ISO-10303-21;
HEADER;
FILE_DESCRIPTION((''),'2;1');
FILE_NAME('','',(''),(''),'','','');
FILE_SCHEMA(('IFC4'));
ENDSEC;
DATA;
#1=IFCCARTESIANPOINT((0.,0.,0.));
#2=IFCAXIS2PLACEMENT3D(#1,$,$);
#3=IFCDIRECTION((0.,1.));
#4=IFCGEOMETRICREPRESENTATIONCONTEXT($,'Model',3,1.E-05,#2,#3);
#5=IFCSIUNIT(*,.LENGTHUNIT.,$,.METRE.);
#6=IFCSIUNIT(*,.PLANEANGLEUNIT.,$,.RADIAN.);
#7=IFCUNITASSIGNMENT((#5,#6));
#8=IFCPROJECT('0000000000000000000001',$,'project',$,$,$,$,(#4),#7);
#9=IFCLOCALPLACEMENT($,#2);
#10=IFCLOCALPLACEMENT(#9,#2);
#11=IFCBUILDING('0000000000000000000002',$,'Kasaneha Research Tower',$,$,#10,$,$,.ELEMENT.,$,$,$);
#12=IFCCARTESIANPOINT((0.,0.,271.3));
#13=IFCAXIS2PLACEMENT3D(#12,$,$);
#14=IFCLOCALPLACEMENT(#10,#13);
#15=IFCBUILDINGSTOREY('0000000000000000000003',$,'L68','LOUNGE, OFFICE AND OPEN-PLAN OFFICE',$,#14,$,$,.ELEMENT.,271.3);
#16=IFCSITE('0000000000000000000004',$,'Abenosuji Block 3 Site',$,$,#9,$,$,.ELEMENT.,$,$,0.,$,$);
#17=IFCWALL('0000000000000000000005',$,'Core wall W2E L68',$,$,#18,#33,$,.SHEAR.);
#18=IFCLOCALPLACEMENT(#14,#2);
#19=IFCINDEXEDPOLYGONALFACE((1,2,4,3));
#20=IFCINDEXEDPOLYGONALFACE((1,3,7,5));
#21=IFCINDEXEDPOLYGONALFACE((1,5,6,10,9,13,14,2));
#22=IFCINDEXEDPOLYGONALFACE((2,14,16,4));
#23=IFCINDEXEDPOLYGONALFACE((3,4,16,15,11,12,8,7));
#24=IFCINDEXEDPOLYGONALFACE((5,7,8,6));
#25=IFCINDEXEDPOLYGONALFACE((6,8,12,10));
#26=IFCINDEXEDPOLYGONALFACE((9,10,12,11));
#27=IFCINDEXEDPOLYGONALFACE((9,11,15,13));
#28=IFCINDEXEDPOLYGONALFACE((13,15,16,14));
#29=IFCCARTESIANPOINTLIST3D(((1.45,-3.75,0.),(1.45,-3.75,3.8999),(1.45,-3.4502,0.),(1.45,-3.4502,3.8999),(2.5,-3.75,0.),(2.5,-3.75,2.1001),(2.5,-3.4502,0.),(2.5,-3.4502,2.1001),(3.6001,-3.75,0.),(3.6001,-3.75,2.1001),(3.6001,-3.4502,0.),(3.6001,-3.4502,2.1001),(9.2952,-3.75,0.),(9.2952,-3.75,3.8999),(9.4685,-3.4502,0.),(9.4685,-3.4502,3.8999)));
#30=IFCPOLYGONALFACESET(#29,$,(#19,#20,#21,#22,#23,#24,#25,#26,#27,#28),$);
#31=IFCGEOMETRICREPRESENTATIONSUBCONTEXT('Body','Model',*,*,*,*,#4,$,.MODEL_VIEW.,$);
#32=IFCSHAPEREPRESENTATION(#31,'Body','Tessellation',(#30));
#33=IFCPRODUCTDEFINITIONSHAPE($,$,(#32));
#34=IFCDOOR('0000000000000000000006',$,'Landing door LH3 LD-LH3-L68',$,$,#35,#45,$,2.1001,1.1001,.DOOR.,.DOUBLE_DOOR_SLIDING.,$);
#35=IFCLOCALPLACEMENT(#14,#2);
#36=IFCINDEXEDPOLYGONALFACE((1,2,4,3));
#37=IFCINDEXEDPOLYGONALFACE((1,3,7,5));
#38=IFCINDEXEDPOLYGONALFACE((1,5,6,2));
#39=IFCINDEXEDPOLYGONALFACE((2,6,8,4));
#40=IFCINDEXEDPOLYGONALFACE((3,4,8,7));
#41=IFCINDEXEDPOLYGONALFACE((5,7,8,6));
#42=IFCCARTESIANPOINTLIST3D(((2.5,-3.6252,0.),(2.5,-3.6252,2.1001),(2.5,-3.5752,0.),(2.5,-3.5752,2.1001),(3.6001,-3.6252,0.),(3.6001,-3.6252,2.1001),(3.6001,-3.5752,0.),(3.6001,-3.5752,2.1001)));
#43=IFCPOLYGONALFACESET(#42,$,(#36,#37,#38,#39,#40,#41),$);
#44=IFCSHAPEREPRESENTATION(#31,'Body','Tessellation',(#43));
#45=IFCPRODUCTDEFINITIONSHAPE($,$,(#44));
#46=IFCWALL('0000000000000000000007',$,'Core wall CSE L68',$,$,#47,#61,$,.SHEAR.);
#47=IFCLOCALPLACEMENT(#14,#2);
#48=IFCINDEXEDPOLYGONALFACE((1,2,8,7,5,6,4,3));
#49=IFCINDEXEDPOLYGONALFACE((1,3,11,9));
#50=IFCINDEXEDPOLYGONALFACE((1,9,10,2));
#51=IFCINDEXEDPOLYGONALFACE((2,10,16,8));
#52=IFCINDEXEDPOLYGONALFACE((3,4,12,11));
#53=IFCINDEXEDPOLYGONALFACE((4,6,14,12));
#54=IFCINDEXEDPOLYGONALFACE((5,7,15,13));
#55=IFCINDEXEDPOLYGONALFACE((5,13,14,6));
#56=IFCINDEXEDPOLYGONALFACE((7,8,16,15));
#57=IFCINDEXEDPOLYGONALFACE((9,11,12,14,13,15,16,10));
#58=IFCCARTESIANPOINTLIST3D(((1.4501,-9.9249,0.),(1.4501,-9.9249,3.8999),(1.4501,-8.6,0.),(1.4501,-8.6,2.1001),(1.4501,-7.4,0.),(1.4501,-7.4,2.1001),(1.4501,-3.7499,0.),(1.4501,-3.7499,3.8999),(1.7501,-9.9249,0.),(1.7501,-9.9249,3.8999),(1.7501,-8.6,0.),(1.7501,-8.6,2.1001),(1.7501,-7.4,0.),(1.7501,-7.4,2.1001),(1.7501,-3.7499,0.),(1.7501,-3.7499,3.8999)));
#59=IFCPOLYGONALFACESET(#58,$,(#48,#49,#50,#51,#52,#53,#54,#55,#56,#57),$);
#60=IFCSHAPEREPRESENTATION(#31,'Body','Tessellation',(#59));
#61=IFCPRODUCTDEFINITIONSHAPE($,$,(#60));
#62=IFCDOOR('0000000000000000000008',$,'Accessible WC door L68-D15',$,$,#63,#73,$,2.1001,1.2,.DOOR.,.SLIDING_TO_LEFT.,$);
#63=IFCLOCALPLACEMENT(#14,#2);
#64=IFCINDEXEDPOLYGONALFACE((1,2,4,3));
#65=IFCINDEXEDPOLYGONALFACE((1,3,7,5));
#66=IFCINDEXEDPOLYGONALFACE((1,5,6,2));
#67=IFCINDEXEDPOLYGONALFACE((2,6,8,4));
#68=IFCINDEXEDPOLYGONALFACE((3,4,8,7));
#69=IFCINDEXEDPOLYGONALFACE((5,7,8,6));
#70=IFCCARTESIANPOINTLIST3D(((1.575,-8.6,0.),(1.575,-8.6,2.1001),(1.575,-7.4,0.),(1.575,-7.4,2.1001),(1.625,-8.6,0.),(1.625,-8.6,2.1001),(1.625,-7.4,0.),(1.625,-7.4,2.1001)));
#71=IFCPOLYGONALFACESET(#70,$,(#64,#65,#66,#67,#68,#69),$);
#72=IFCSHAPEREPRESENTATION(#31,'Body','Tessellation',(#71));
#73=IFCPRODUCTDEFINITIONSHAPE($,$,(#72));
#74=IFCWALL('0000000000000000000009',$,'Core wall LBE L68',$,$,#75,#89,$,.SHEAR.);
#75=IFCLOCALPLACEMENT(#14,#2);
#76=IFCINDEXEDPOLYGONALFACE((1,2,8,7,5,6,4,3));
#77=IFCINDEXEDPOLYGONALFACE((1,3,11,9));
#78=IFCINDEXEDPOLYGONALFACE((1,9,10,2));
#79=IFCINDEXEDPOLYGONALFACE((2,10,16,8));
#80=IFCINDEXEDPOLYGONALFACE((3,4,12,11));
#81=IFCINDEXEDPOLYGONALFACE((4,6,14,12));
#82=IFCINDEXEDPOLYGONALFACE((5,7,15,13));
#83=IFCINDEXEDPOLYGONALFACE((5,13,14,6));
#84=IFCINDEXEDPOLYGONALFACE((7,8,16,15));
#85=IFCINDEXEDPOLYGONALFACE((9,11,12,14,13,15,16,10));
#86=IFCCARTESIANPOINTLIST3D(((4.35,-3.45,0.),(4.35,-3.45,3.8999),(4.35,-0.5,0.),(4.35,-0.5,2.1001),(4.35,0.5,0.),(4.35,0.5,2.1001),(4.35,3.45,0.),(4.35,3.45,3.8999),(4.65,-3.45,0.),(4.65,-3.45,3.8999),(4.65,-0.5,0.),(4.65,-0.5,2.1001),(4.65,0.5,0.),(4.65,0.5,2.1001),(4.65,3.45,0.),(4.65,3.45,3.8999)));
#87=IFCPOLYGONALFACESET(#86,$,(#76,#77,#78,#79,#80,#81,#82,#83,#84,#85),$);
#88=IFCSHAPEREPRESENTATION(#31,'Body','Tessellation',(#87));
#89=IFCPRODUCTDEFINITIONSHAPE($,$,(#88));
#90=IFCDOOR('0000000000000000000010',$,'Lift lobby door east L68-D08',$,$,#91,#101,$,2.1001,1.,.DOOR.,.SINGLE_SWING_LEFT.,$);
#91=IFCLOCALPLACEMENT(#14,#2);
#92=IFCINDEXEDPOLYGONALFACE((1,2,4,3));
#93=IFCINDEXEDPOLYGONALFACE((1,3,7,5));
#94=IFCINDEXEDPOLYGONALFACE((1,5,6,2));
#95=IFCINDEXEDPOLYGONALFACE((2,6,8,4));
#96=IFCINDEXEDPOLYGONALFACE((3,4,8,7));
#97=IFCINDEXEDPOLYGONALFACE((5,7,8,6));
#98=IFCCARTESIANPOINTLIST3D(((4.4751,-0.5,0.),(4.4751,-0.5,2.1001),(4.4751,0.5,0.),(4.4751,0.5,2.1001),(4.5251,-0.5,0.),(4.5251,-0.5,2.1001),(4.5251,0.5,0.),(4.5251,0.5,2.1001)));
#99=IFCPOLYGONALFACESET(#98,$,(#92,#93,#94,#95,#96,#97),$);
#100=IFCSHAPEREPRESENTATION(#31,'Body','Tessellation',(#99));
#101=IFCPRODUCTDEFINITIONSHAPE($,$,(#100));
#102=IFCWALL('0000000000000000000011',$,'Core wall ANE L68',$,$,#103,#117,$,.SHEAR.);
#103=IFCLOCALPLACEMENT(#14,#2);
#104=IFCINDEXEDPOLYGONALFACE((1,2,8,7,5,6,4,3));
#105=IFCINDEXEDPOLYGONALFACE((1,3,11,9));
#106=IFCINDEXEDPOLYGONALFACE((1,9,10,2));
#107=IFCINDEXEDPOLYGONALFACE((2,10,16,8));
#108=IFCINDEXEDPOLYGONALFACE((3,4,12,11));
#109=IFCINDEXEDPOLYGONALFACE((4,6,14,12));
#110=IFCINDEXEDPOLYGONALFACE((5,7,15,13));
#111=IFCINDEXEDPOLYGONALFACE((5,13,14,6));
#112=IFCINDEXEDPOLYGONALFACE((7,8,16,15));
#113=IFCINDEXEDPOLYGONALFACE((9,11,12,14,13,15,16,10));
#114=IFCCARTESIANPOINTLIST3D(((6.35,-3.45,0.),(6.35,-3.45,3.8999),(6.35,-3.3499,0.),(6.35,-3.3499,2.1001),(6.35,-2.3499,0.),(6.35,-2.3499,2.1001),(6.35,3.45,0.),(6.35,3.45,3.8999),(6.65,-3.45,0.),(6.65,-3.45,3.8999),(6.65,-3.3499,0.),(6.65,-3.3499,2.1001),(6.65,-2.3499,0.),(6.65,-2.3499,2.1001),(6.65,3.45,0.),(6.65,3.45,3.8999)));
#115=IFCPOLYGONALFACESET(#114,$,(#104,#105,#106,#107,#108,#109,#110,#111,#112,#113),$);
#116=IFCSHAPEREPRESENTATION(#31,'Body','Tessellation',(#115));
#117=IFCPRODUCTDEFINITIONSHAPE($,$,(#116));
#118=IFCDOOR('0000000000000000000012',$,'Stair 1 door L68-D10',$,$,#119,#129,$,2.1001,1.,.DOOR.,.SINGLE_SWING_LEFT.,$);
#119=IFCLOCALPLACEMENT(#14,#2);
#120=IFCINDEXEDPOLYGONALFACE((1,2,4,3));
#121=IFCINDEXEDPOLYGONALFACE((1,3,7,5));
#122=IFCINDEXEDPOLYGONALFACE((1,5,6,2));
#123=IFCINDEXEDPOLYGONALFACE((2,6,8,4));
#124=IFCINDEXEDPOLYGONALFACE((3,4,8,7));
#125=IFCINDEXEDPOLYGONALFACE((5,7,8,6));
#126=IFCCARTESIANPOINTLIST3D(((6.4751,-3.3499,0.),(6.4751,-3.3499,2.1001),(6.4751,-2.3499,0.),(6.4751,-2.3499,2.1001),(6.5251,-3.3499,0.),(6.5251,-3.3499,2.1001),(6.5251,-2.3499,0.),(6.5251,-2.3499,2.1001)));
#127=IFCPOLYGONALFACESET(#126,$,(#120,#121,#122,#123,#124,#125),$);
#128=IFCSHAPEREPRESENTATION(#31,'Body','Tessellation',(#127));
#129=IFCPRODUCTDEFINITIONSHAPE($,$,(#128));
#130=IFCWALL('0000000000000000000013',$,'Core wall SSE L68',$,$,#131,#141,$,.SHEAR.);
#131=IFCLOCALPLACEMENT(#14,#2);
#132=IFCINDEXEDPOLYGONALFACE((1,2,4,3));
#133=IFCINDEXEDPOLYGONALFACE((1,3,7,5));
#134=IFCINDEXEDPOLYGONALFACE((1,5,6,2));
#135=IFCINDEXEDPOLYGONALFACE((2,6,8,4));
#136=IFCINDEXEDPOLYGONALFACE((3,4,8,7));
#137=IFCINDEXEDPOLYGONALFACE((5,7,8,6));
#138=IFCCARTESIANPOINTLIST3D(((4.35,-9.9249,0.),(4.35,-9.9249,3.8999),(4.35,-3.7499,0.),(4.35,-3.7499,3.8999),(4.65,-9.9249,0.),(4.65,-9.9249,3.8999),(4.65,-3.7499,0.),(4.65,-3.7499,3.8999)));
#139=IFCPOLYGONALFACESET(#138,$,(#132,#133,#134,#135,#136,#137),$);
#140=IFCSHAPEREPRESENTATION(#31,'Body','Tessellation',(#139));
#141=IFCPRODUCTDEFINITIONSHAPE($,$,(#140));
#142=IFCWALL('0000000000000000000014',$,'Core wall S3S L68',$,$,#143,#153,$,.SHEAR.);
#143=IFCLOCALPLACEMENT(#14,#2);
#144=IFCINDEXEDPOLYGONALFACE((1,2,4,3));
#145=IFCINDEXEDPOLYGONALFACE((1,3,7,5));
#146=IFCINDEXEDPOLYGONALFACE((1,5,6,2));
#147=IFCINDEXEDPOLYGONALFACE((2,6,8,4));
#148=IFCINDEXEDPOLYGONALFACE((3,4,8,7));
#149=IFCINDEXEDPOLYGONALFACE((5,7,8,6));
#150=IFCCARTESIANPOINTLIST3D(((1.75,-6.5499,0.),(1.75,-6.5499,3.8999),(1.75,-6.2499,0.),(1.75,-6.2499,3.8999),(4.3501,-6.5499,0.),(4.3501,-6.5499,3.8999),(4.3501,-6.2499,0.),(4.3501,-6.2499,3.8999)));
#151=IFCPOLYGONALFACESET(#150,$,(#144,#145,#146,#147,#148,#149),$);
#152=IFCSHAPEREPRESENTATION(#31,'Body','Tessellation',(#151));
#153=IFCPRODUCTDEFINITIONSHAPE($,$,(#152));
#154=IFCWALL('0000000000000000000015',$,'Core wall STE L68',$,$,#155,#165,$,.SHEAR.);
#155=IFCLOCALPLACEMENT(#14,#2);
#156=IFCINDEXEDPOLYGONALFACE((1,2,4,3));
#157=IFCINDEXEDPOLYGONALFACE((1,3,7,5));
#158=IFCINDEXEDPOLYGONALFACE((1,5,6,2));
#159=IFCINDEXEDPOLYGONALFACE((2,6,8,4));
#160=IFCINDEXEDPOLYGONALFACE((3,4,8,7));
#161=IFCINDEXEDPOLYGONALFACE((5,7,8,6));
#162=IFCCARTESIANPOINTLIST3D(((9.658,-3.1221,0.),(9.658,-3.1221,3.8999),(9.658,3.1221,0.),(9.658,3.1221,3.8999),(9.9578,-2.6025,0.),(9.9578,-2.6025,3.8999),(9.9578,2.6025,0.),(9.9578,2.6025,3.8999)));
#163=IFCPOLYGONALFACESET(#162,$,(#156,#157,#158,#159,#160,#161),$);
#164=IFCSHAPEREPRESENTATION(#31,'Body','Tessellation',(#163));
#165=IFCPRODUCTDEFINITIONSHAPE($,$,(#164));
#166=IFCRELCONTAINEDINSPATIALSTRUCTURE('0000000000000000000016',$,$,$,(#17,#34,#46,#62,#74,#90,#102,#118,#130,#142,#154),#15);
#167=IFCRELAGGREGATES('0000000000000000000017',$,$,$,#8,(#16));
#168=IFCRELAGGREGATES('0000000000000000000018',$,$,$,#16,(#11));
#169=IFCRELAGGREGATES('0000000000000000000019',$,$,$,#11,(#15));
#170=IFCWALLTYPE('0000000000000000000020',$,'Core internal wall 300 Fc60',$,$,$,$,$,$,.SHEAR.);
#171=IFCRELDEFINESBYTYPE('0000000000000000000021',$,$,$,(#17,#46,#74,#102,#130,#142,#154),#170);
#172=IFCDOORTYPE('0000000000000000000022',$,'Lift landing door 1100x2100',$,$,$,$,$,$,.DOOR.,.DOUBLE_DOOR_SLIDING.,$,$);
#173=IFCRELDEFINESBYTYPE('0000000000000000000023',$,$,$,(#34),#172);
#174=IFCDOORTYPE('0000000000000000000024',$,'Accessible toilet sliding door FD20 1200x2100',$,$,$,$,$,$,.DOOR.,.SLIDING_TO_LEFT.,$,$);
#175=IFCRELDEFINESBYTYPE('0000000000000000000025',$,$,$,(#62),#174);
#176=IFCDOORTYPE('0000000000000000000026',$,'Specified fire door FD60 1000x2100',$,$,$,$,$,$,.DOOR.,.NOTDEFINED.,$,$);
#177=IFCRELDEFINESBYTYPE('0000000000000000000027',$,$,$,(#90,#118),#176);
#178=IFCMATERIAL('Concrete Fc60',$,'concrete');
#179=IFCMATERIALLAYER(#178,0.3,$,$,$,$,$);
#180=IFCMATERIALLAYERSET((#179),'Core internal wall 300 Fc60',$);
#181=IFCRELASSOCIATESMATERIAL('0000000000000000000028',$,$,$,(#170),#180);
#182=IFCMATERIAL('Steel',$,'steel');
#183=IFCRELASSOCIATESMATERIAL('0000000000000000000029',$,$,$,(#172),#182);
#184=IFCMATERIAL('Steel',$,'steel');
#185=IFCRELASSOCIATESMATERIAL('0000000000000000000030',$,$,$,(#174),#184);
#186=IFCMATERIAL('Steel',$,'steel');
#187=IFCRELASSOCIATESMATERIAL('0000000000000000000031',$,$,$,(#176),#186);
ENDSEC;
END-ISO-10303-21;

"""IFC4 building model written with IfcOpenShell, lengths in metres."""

from ifc_helpers import new_model, si_unit, direction, frame, frame_2d, origin, place, context, subcontext, project, spatial, polyline, rectangle, outline, extrude, material, layer, layer_set, type_object, element, fill, save


model = new_model("IFC4")

# Units and contexts
model_context = context("Model", 3, precision=1e-05, world=origin(), true_north=direction((0.0, 1.0)))
body_context = subcontext(model_context, "Body", "Model", "MODEL_VIEW")
ifc_project = project(units=[si_unit("LENGTHUNIT", "METRE"), si_unit("PLANEANGLEUNIT", "RADIAN")], contexts=[model_context])

# Site, building, storey
site_placement = place(None, origin())
site = spatial("IfcSite", under=ifc_project, at=site_placement, Name="Abenosuji Block 3 Site", CompositionType="ELEMENT", RefElevation=0.0)
building_placement = place(site_placement, origin())
building = spatial("IfcBuilding", under=site, at=building_placement, Name="Kasaneha Research Tower", CompositionType="ELEMENT")
storey_placement = place(building_placement, frame((0.0, 0.0, 271.3)))
storey = spatial("IfcBuildingStorey", under=building, at=storey_placement, Name="L68", Description="LOUNGE, OFFICE AND OPEN-PLAN OFFICE", CompositionType="ELEMENT", Elevation=271.3)

# Walls, openings, doors
ifc_material_1 = material(Name="Concrete Fc60", Category="concrete")
ifc_layer_1 = layer(ifc_material_1, 0.3)
ifc_layer_set_1 = layer_set([ifc_layer_1], Name="Core internal wall 300 Fc60")
wall_type_1 = type_object("IfcWallType", Name="Core internal wall 300 Fc60", PredefinedType="SHEAR", material=ifc_layer_set_1)
wall_1_placement = place(storey_placement, frame((1.45, -3.6001, 0.0), z_axis=(0.0, 0.0, 1.0), x_axis=(1.0, 0.0, 0.0)))
wall_1 = element("IfcWall", 1, at=wall_1_placement, inside=storey, type_object=wall_type_1, Name="Core wall W2E L68", PredefinedType="SHEAR", context=body_context, shape_type="SweptSolid", body=[
    extrude(outline(polyline([(0.0, -0.1499), (1.05, -0.1499), (2.1501, -0.1499), (7.8452, -0.1499), (8.0186, 0.1499), (2.1501, 0.1499), (1.05, 0.1499), (0.0, 0.1499), (0.0, -0.1499)])), origin(), (0.0, 0.0, 1.0), 3.8999),
])
opening_1_placement = place(wall_1_placement, frame((1.05, 0.0, 0.0)))
opening_1 = element("IfcOpeningElement", 2, at=opening_1_placement, cuts=wall_1, PredefinedType="OPENING", context=body_context, shape_type="SweptSolid", body=[
    extrude(rectangle(XDim=1.1001, YDim=2.1001, at=frame_2d((0.55, 1.05))), frame((0.0, 0.1602, 0.0), z_axis=(0.0, -1.0, 0.0), x_axis=(1.0, 0.0, 0.0)), (0.0, 0.0, 1.0), 0.3201),
])
ifc_material_2 = material(Name="Steel", Category="steel")
door_type_1 = type_object("IfcDoorType", Name="Lift landing door 1100x2100", OperationType="DOUBLE_DOOR_SLIDING", PredefinedType="DOOR", material=ifc_material_2)
door_1_placement = place(opening_1_placement, origin())
door_1 = element("IfcDoor", 3, at=door_1_placement, inside=storey, type_object=door_type_1, Name="Landing door LH3 LD-LH3-L68", OperationType="DOUBLE_DOOR_SLIDING", OverallHeight=2.1001, OverallWidth=1.1001, PredefinedType="DOOR", context=body_context, shape_type="SweptSolid", body=[
    extrude(rectangle(XDim=1.1001, YDim=2.1001, at=frame_2d((0.55, 1.05))), frame((0.0, 0.0249, 0.0), z_axis=(0.0, -1.0, 0.0), x_axis=(1.0, 0.0, 0.0)), (0.0, 0.0, 1.0), 0.05),
])
fill(opening_1, door_1)
wall_2_placement = place(storey_placement, frame((1.6001, -3.75, 0.0), z_axis=(0.0, 0.0, 1.0), x_axis=(0.0, -1.0, 0.0)))
wall_2 = element("IfcWall", 4, at=wall_2_placement, inside=storey, type_object=wall_type_1, Name="Core wall CSE L68", PredefinedType="SHEAR", context=body_context, shape_type="SweptSolid", body=[
    extrude(rectangle(XDim=6.175, YDim=0.3, at=frame_2d((3.0874, 0.0))), origin(), (0.0, 0.0, 1.0), 3.8999),
])
opening_2_placement = place(wall_2_placement, frame((3.6499, 0.0, 0.0)))
opening_2 = element("IfcOpeningElement", 5, at=opening_2_placement, cuts=wall_2, PredefinedType="OPENING", context=body_context, shape_type="SweptSolid", body=[
    extrude(rectangle(XDim=1.2, YDim=2.1001, at=frame_2d((0.6001, 1.05))), frame((0.0, 0.1602, 0.0), z_axis=(0.0, -1.0, 0.0), x_axis=(1.0, 0.0, 0.0)), (0.0, 0.0, 1.0), 0.3201),
])
ifc_material_3 = material(Name="Steel", Category="steel")
door_type_2 = type_object("IfcDoorType", Name="Accessible toilet sliding door FD20 1200x2100", OperationType="SLIDING_TO_LEFT", PredefinedType="DOOR", material=ifc_material_3)
door_2_placement = place(opening_2_placement, origin())
door_2 = element("IfcDoor", 6, at=door_2_placement, inside=storey, type_object=door_type_2, Name="Accessible WC door L68-D15", OperationType="SLIDING_TO_LEFT", OverallHeight=2.1001, OverallWidth=1.2, PredefinedType="DOOR", context=body_context, shape_type="SweptSolid", body=[
    extrude(rectangle(XDim=1.2, YDim=2.1001, at=frame_2d((0.6001, 1.05))), frame((0.0, 0.0249, 0.0), z_axis=(0.0, -1.0, 0.0), x_axis=(1.0, 0.0, 0.0)), (0.0, 0.0, 1.0), 0.05),
])
fill(opening_2, door_2)
wall_3_placement = place(storey_placement, frame((4.5, -3.45, 0.0), z_axis=(0.0, 0.0, 1.0), x_axis=(0.0, 1.0, 0.0)))
wall_3 = element("IfcWall", 7, at=wall_3_placement, inside=storey, type_object=wall_type_1, Name="Core wall LBE L68", PredefinedType="SHEAR", context=body_context, shape_type="SweptSolid", body=[
    extrude(rectangle(XDim=6.8999, YDim=0.3, at=frame_2d((3.45, 0.0))), origin(), (0.0, 0.0, 1.0), 3.8999),
])
opening_3_placement = place(wall_3_placement, frame((2.95, 0.0, 0.0)))
opening_3 = element("IfcOpeningElement", 8, at=opening_3_placement, cuts=wall_3, PredefinedType="OPENING", context=body_context, shape_type="SweptSolid", body=[
    extrude(rectangle(XDim=1.0, YDim=2.1001, at=frame_2d((0.5, 1.05))), frame((0.0, 0.1602, 0.0), z_axis=(0.0, -1.0, 0.0), x_axis=(1.0, 0.0, 0.0)), (0.0, 0.0, 1.0), 0.3201),
])
ifc_material_4 = material(Name="Steel", Category="steel")
door_type_3 = type_object("IfcDoorType", Name="Specified fire door FD60 1000x2100", OperationType="NOTDEFINED", PredefinedType="DOOR", material=ifc_material_4)
door_3_placement = place(opening_3_placement, origin())
door_3 = element("IfcDoor", 9, at=door_3_placement, inside=storey, type_object=door_type_3, Name="Lift lobby door east L68-D08", OperationType="SINGLE_SWING_LEFT", OverallHeight=2.1001, OverallWidth=1.0, PredefinedType="DOOR", context=body_context, shape_type="SweptSolid", body=[
    extrude(rectangle(XDim=1.0, YDim=2.1001, at=frame_2d((0.5, 1.05))), frame((0.0, 0.0249, 0.0), z_axis=(0.0, -1.0, 0.0), x_axis=(1.0, 0.0, 0.0)), (0.0, 0.0, 1.0), 0.05),
])
fill(opening_3, door_3)
wall_4_placement = place(storey_placement, frame((6.5, -3.45, 0.0), z_axis=(0.0, 0.0, 1.0), x_axis=(0.0, 1.0, 0.0)))
wall_4 = element("IfcWall", 10, at=wall_4_placement, inside=storey, type_object=wall_type_1, Name="Core wall ANE L68", PredefinedType="SHEAR", context=body_context, shape_type="SweptSolid", body=[
    extrude(rectangle(XDim=6.8999, YDim=0.3, at=frame_2d((3.45, 0.0))), origin(), (0.0, 0.0, 1.0), 3.8999),
])
opening_4_placement = place(wall_4_placement, frame((0.1001, 0.0, 0.0)))
opening_4 = element("IfcOpeningElement", 11, at=opening_4_placement, cuts=wall_4, PredefinedType="OPENING", context=body_context, shape_type="SweptSolid", body=[
    extrude(rectangle(XDim=1.0, YDim=2.1001, at=frame_2d((0.5, 1.05))), frame((0.0, 0.1602, 0.0), z_axis=(0.0, -1.0, 0.0), x_axis=(1.0, 0.0, 0.0)), (0.0, 0.0, 1.0), 0.3201),
])
door_4_placement = place(opening_4_placement, origin())
door_4 = element("IfcDoor", 12, at=door_4_placement, inside=storey, type_object=door_type_3, Name="Stair 1 door L68-D10", OperationType="SINGLE_SWING_LEFT", OverallHeight=2.1001, OverallWidth=1.0, PredefinedType="DOOR", context=body_context, shape_type="SweptSolid", body=[
    extrude(rectangle(XDim=1.0, YDim=2.1001, at=frame_2d((0.5, 1.05))), frame((0.0, 0.0249, 0.0), z_axis=(0.0, -1.0, 0.0), x_axis=(1.0, 0.0, 0.0)), (0.0, 0.0, 1.0), 0.05),
])
fill(opening_4, door_4)

# Walls
wall_5_placement = place(storey_placement, frame((4.5, -3.75, 0.0), z_axis=(0.0, 0.0, 1.0), x_axis=(0.0, -1.0, 0.0)))
element("IfcWall", 13, at=wall_5_placement, inside=storey, type_object=wall_type_1, Name="Core wall SSE L68", PredefinedType="SHEAR", context=body_context, shape_type="SweptSolid", body=[
    extrude(rectangle(XDim=6.175, YDim=0.3, at=frame_2d((3.0874, 0.0))), origin(), (0.0, 0.0, 1.0), 3.8999),
])
wall_6_placement = place(storey_placement, frame((1.75, -6.3999, 0.0), z_axis=(0.0, 0.0, 1.0), x_axis=(1.0, 0.0, 0.0)))
element("IfcWall", 14, at=wall_6_placement, inside=storey, type_object=wall_type_1, Name="Core wall S3S L68", PredefinedType="SHEAR", context=body_context, shape_type="SweptSolid", body=[
    extrude(rectangle(XDim=2.6001, YDim=0.3, at=frame_2d((1.3, 0.0))), origin(), (0.0, 0.0, 1.0), 3.8999),
])
wall_7_placement = place(storey_placement, frame((9.8079, -2.8623, 0.0), z_axis=(0.0, 0.0, 1.0), x_axis=(0.0, 1.0, 0.0)))
element("IfcWall", 15, at=wall_7_placement, inside=storey, type_object=wall_type_1, Name="Core wall STE L68", PredefinedType="SHEAR", context=body_context, shape_type="SweptSolid", body=[
    extrude(outline(polyline([(0.2598, -0.1499), (5.4648, -0.1499), (5.9844, 0.1499), (-0.2598, 0.1499), (0.2598, -0.1499)])), origin(), (0.0, 0.0, 1.0), 3.8999),
])

save(model, "model.ifc")
